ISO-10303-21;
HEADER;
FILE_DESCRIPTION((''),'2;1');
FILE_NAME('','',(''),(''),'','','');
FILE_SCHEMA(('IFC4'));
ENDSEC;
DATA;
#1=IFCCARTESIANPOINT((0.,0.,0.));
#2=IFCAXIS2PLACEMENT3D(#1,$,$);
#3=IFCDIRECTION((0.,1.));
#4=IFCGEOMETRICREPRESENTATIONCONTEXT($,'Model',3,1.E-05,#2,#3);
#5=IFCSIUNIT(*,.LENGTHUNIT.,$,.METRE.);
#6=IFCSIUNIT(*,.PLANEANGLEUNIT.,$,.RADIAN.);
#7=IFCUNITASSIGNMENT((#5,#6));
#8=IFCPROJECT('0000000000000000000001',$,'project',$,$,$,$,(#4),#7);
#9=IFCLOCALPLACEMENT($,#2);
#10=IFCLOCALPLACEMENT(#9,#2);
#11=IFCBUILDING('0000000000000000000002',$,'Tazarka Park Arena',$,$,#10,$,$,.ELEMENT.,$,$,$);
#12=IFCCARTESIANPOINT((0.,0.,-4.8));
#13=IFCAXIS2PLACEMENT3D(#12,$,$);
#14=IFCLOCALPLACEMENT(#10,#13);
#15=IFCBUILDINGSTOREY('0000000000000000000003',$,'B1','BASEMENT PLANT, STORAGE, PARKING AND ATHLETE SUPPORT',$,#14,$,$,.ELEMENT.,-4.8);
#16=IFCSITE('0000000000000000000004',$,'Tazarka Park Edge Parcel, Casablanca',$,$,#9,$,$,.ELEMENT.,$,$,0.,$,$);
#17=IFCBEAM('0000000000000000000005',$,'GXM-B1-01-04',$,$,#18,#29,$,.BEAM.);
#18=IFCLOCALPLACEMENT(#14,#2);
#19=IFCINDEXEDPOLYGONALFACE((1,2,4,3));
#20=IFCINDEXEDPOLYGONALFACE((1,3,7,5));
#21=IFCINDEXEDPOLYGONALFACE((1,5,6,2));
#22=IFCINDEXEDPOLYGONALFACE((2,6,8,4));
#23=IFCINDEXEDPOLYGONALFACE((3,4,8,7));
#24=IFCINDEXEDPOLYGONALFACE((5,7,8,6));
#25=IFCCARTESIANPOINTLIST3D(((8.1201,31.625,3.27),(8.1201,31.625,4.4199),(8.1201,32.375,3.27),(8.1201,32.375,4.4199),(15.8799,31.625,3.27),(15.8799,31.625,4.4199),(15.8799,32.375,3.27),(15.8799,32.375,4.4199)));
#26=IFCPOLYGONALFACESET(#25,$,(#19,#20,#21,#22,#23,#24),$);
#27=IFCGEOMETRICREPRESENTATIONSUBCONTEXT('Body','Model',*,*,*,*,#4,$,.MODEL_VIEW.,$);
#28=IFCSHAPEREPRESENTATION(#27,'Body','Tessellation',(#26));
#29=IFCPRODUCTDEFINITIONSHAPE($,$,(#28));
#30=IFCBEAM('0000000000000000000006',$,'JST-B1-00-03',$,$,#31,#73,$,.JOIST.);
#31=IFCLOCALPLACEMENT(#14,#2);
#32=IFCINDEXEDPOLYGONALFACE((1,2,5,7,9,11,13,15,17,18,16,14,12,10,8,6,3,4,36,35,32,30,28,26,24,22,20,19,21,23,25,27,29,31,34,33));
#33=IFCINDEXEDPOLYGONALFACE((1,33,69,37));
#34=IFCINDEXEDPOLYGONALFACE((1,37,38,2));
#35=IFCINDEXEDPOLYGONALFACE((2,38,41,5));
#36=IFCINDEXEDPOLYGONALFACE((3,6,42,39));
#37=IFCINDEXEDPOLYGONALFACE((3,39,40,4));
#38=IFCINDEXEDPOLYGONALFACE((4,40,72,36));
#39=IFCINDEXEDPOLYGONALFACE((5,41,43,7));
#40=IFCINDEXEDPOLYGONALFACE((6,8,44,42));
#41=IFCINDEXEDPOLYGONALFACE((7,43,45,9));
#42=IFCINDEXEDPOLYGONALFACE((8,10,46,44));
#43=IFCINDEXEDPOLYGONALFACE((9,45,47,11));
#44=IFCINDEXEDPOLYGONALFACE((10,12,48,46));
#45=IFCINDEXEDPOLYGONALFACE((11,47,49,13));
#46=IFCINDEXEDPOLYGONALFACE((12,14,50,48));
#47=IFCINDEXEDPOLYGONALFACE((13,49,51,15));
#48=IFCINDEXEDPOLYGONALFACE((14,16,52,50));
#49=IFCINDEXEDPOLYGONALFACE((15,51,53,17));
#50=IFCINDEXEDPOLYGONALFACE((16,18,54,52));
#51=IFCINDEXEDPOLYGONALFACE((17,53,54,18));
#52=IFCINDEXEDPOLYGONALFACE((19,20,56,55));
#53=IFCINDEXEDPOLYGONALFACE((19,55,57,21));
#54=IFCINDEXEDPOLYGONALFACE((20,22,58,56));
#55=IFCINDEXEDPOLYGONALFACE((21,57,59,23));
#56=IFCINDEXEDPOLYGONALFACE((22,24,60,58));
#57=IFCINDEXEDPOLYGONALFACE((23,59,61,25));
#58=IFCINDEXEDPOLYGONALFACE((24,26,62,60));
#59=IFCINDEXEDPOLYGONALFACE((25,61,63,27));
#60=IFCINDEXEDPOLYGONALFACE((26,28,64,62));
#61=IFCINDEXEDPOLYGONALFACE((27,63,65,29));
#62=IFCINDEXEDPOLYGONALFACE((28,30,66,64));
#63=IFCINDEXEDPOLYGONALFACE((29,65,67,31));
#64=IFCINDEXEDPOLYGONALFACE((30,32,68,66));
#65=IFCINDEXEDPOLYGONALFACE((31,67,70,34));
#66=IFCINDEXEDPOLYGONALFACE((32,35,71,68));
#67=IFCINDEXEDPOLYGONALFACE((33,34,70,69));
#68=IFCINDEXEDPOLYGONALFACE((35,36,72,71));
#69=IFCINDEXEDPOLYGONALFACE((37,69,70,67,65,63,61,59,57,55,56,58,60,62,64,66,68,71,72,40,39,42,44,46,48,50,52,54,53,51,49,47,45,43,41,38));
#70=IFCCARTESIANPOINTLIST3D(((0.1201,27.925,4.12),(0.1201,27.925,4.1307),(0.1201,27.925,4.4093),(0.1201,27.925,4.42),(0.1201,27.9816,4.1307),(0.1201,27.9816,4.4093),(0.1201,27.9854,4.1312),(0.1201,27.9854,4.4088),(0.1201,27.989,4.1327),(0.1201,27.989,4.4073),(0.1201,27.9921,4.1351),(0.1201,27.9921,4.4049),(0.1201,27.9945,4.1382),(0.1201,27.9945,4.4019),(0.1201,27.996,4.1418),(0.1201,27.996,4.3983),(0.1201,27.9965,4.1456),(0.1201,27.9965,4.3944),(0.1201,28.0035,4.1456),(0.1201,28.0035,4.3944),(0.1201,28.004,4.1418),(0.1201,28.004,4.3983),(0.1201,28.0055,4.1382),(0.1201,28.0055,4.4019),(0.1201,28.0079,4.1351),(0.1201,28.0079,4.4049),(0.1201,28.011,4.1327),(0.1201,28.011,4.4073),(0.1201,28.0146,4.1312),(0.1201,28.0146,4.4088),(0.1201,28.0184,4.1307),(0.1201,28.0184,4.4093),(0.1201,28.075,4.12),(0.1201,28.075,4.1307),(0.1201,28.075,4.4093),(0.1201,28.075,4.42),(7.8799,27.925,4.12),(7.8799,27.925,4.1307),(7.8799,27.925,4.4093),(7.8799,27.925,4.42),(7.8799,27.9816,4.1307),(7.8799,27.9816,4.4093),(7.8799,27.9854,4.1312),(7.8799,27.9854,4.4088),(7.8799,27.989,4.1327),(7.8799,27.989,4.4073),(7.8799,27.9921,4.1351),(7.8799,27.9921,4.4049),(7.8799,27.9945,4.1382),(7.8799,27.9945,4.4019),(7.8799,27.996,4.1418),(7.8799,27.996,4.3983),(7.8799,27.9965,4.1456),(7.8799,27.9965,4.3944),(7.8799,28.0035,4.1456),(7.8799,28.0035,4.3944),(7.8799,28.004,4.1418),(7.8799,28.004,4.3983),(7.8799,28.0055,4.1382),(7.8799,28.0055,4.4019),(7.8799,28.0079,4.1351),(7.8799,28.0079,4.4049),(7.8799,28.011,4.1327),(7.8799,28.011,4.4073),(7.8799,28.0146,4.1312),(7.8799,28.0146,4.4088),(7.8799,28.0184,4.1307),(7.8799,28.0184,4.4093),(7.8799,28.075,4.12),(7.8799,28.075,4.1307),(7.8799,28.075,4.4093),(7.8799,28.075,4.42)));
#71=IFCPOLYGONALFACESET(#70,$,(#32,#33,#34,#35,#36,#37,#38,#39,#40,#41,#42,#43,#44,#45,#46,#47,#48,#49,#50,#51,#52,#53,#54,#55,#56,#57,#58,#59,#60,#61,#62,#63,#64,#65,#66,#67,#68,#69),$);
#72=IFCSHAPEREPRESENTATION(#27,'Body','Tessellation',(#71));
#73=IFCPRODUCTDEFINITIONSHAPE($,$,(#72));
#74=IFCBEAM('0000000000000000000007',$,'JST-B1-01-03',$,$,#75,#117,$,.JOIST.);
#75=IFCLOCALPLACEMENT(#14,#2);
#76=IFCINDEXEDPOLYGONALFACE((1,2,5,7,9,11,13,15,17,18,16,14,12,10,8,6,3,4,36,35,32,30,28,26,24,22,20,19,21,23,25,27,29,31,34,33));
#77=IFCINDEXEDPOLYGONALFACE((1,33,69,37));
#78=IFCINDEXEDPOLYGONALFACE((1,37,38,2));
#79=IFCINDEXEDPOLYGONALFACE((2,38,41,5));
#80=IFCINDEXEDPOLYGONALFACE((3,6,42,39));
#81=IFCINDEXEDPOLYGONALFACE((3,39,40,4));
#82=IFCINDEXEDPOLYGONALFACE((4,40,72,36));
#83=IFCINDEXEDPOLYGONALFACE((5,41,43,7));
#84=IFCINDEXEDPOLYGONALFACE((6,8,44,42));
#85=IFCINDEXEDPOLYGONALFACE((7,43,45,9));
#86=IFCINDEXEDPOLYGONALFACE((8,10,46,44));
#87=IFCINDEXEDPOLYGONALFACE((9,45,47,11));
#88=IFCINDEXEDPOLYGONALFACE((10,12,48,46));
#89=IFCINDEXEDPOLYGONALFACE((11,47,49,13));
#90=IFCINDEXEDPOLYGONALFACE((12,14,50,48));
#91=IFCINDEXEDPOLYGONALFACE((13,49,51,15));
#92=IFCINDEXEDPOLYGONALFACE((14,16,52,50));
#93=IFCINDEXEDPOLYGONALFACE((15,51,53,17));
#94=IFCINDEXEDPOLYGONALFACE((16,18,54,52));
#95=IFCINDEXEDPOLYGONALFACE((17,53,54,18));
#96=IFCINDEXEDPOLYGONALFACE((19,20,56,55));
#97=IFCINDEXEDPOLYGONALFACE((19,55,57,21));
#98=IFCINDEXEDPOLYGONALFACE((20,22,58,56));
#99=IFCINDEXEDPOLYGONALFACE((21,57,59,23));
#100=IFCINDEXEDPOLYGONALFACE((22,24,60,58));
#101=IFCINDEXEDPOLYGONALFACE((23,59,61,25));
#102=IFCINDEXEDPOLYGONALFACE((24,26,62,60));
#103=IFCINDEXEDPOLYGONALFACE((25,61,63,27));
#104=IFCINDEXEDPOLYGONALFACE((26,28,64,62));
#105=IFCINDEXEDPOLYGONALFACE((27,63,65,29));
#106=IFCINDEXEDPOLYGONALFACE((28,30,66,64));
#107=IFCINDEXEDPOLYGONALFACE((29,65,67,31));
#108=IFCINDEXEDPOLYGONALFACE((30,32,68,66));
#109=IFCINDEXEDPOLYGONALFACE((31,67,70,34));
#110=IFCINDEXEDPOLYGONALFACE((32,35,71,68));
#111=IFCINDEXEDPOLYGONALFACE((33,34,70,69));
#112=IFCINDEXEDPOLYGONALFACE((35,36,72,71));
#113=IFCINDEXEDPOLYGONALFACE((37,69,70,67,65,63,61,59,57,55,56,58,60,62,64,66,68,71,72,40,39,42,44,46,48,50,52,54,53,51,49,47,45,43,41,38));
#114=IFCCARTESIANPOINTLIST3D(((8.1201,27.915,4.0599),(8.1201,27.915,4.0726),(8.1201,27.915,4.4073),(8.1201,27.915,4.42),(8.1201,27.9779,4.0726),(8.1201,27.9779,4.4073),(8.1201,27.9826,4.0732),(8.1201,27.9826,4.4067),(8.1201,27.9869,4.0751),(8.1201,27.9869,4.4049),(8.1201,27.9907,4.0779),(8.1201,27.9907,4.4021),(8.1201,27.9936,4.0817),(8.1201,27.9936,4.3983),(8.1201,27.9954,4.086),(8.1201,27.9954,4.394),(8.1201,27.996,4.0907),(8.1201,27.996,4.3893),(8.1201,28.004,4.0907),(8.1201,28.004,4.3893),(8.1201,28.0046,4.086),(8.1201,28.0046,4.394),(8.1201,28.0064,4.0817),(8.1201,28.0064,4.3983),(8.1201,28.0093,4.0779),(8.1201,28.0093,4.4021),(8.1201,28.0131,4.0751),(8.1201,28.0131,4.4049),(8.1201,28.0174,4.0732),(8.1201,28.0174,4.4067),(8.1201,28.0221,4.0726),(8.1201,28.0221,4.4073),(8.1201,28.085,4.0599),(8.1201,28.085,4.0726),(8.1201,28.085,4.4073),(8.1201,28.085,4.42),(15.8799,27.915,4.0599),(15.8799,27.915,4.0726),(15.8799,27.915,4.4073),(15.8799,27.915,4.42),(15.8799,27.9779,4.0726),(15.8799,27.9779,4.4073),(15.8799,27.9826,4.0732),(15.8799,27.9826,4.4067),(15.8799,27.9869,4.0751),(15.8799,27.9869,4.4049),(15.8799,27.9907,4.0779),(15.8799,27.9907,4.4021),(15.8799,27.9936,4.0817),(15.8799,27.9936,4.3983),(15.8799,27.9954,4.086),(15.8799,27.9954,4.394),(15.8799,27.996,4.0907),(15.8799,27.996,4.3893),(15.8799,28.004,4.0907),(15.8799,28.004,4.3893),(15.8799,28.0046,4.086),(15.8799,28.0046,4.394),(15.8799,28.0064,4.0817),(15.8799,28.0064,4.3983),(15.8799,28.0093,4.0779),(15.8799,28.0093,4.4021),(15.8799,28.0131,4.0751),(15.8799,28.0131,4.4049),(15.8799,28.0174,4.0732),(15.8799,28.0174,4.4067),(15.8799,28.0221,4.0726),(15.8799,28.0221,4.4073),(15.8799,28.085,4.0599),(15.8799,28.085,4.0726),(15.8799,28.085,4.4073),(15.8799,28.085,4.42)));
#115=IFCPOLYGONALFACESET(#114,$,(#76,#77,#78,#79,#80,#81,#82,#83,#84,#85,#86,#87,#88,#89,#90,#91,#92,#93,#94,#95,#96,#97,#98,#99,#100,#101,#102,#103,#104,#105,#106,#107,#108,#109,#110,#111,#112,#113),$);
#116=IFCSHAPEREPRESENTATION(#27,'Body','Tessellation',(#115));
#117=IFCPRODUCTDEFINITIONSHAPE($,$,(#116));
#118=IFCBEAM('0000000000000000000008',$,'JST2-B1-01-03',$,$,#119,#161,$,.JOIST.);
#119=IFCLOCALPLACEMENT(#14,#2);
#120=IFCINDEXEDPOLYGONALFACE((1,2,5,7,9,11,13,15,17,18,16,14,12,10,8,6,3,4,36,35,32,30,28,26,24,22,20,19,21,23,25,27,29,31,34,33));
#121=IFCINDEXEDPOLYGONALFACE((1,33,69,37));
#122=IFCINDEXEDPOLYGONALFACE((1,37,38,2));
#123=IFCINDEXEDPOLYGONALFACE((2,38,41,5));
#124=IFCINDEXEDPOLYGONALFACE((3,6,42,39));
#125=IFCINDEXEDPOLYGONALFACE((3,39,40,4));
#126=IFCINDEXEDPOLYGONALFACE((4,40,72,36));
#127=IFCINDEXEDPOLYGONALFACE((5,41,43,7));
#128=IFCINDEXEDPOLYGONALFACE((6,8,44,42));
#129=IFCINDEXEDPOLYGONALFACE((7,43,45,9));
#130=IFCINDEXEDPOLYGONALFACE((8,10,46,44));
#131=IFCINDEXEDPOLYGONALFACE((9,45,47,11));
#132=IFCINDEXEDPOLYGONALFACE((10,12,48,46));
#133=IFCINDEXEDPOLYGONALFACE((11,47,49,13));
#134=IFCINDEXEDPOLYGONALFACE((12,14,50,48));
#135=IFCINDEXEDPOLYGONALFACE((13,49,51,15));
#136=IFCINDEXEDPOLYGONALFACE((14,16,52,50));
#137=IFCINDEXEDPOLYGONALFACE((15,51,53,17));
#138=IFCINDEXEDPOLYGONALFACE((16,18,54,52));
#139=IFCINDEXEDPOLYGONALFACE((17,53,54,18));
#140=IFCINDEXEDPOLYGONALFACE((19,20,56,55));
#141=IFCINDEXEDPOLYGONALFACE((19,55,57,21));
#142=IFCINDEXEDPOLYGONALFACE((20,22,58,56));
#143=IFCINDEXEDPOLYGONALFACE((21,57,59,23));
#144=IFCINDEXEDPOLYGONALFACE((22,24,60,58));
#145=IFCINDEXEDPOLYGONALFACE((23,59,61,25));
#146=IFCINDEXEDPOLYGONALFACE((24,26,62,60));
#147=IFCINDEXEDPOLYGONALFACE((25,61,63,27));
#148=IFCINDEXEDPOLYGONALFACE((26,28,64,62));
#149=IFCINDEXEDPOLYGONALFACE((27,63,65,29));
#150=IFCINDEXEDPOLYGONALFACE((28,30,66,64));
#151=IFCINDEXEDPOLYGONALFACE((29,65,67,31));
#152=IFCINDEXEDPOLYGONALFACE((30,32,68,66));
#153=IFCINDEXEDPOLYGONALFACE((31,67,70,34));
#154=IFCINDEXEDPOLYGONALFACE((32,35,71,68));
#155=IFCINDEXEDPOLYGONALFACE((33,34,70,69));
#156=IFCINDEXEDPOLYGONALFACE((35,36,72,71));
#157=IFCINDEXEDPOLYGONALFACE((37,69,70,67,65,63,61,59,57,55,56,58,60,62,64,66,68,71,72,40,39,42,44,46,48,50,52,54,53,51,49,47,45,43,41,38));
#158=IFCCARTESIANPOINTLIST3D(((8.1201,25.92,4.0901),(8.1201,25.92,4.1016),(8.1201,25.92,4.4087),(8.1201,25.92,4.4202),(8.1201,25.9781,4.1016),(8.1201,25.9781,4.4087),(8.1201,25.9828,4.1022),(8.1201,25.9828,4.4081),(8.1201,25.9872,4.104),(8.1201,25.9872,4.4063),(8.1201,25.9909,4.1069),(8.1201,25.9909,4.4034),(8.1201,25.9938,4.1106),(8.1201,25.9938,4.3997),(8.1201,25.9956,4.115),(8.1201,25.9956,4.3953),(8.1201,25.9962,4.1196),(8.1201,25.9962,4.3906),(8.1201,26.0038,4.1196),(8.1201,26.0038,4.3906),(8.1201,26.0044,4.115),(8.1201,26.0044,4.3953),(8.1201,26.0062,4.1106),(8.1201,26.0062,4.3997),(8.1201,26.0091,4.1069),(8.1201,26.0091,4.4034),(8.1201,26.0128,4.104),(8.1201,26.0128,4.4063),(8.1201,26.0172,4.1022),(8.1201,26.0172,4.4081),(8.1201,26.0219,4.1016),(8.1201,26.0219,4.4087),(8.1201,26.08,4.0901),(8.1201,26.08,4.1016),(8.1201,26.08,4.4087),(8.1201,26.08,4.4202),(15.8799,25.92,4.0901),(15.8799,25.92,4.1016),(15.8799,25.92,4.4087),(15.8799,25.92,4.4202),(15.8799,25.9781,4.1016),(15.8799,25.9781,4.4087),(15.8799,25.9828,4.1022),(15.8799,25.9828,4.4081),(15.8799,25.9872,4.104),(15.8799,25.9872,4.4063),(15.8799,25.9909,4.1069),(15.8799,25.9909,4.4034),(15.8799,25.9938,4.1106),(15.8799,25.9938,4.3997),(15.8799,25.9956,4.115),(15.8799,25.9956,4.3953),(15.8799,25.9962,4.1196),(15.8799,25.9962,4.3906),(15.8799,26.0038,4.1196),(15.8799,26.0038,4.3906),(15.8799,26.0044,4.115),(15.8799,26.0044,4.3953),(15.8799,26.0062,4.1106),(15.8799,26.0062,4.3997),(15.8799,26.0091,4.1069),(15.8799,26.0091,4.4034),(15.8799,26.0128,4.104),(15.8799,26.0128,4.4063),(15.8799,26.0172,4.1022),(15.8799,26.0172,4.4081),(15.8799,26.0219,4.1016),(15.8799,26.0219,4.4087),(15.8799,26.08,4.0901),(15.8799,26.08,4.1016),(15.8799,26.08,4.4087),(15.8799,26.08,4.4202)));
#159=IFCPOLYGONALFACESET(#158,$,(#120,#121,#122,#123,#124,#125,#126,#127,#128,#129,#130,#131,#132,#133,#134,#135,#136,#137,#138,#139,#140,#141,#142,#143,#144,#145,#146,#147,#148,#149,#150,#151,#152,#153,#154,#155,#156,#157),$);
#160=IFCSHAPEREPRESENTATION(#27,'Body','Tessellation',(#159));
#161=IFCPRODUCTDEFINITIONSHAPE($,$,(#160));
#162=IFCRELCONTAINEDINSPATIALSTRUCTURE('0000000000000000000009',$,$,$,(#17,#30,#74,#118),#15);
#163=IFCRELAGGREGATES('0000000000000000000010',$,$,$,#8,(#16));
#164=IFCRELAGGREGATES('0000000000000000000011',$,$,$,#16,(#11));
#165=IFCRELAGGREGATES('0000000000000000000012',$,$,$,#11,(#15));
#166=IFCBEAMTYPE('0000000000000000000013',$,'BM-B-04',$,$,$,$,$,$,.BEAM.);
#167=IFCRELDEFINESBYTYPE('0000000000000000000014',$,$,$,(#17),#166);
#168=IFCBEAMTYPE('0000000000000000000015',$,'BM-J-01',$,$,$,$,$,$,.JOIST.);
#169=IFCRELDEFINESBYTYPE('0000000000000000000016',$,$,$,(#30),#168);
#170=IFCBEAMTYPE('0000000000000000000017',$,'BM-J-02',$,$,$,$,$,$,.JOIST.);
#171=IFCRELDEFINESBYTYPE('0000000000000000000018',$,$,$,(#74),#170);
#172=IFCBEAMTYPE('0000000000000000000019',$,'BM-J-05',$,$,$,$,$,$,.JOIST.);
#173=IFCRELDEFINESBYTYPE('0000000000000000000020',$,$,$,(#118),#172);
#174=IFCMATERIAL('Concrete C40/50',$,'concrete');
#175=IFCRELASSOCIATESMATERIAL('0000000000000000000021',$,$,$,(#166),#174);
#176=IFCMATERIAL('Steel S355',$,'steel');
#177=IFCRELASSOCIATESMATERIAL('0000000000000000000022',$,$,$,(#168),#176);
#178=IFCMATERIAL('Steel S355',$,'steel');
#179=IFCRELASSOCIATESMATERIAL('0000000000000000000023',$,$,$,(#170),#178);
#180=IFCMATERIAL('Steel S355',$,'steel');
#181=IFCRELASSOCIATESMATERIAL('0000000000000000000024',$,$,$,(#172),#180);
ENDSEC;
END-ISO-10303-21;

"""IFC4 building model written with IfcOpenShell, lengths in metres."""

from ifc_helpers import new_model, si_unit, direction, frame, origin, origin_2d, place, context, subcontext, project, spatial, rectangle, i_section, extrude, material, material_profile, profile_set, type_object, element, save


model = new_model("IFC4")

# Units and contexts
model_context = context("Model", 3, precision=1e-05, world=origin(), true_north=direction((0.0, 1.0)))
body_context = subcontext(model_context, "Body", "Model", "MODEL_VIEW")
ifc_project = project(units=[si_unit("LENGTHUNIT", "METRE"), si_unit("PLANEANGLEUNIT", "RADIAN")], contexts=[model_context])

# Site, building, storey
site_placement = place(None, origin())
site = spatial("IfcSite", under=ifc_project, at=site_placement, Name="Tazarka Park Edge Parcel, Casablanca", CompositionType="ELEMENT", RefElevation=0.0)
building_placement = place(site_placement, origin())
building = spatial("IfcBuilding", under=site, at=building_placement, Name="Tazarka Park Arena", CompositionType="ELEMENT")
storey_placement = place(building_placement, frame((0.0, 0.0, -4.8)))
storey = spatial("IfcBuildingStorey", under=building, at=storey_placement, Name="B1", Description="BASEMENT PLANT, STORAGE, PARKING AND ATHLETE SUPPORT", CompositionType="ELEMENT", Elevation=-4.8)

# Beams
ifc_material_1 = material(Name="Concrete C40/50", Category="concrete")
ifc_material_profile_1 = material_profile(ifc_material_1, rectangle(XDim=0.75, YDim=1.1499, at=origin_2d()), Name="Concrete C40/50")
ifc_profile_set_1 = profile_set([ifc_material_profile_1], Name="Concrete C40/50")
beam_type_1 = type_object("IfcBeamType", Name="BM-B-04", PredefinedType="BEAM", material=ifc_profile_set_1)
for number, where, z_axis, x_axis, name in (
    (1, (8.1201, 32.0, 3.845), (1.0, 0.0, 0.0), (0.0, 1.0, 0.0), "GXM-B1-01-04"),
):
    element("IfcBeam", number, at=place(storey_placement, frame(where, z_axis=z_axis, x_axis=x_axis)), inside=storey, type_object=beam_type_1, Name=name, PredefinedType="BEAM", context=body_context, shape_type="SweptSolid", body=[
        extrude(rectangle(XDim=0.75, YDim=1.1499, at=origin_2d()), origin(), (0.0, 0.0, 1.0), 7.7598),
    ])
ifc_material_2 = material(Name="Steel S355", Category="steel")
ifc_material_profile_2 = material_profile(ifc_material_2, i_section(OverallWidth=0.1499, OverallDepth=0.3, WebThickness=0.0071, FlangeThickness=0.0107, FilletRadius=0.0149, at=origin_2d()), Name="Steel S355")
ifc_profile_set_2 = profile_set([ifc_material_profile_2], Name="Steel S355")
beam_type_2 = type_object("IfcBeamType", Name="BM-J-01", PredefinedType="JOIST", material=ifc_profile_set_2)
beam_1_placement = place(storey_placement, frame((0.1201, 28.0, 4.27), z_axis=(1.0, 0.0, 0.0), x_axis=(0.0, 1.0, 0.0)))
element("IfcBeam", 2, at=beam_1_placement, inside=storey, type_object=beam_type_2, Name="JST-B1-00-03", PredefinedType="JOIST", context=body_context, shape_type="SweptSolid", body=[
    extrude(i_section(OverallWidth=0.1499, OverallDepth=0.3, WebThickness=0.0071, FlangeThickness=0.0107, FilletRadius=0.0149, at=origin_2d()), origin(), (0.0, 0.0, 1.0), 7.7598),
])
ifc_material_3 = material(Name="Steel S355", Category="steel")
ifc_material_profile_3 = material_profile(ifc_material_3, i_section(OverallWidth=0.1699, OverallDepth=0.3601, WebThickness=0.0081, FlangeThickness=0.0127, FilletRadius=0.0181, at=origin_2d()), Name="Steel S355")
ifc_profile_set_3 = profile_set([ifc_material_profile_3], Name="Steel S355")
beam_type_3 = type_object("IfcBeamType", Name="BM-J-02", PredefinedType="JOIST", material=ifc_profile_set_3)
beam_2_placement = place(storey_placement, frame((8.1201, 28.0, 4.24), z_axis=(1.0, 0.0, 0.0), x_axis=(0.0, 1.0, 0.0)))
element("IfcBeam", 3, at=beam_2_placement, inside=storey, type_object=beam_type_3, Name="JST-B1-01-03", PredefinedType="JOIST", context=body_context, shape_type="SweptSolid", body=[
    extrude(i_section(OverallWidth=0.1699, OverallDepth=0.3601, WebThickness=0.0081, FlangeThickness=0.0127, FilletRadius=0.0181, at=origin_2d()), origin(), (0.0, 0.0, 1.0), 7.7598),
])
ifc_material_4 = material(Name="Steel S355", Category="steel")
ifc_material_profile_4 = material_profile(ifc_material_4, i_section(OverallWidth=0.1599, OverallDepth=0.3301, WebThickness=0.0076, FlangeThickness=0.0115, FilletRadius=0.0181, at=origin_2d()), Name="Steel S355")
ifc_profile_set_4 = profile_set([ifc_material_profile_4], Name="Steel S355")
beam_type_4 = type_object("IfcBeamType", Name="BM-J-05", PredefinedType="JOIST", material=ifc_profile_set_4)
beam_3_placement = place(storey_placement, frame((8.1201, 26.0, 4.2551), z_axis=(1.0, 0.0, 0.0), x_axis=(0.0, 1.0, 0.0)))
element("IfcBeam", 4, at=beam_3_placement, inside=storey, type_object=beam_type_4, Name="JST2-B1-01-03", PredefinedType="JOIST", context=body_context, shape_type="SweptSolid", body=[
    extrude(i_section(OverallWidth=0.1599, OverallDepth=0.3301, WebThickness=0.0076, FlangeThickness=0.0115, FilletRadius=0.0181, at=origin_2d()), origin(), (0.0, 0.0, 1.0), 7.7598),
])

save(model, "model.ifc")
